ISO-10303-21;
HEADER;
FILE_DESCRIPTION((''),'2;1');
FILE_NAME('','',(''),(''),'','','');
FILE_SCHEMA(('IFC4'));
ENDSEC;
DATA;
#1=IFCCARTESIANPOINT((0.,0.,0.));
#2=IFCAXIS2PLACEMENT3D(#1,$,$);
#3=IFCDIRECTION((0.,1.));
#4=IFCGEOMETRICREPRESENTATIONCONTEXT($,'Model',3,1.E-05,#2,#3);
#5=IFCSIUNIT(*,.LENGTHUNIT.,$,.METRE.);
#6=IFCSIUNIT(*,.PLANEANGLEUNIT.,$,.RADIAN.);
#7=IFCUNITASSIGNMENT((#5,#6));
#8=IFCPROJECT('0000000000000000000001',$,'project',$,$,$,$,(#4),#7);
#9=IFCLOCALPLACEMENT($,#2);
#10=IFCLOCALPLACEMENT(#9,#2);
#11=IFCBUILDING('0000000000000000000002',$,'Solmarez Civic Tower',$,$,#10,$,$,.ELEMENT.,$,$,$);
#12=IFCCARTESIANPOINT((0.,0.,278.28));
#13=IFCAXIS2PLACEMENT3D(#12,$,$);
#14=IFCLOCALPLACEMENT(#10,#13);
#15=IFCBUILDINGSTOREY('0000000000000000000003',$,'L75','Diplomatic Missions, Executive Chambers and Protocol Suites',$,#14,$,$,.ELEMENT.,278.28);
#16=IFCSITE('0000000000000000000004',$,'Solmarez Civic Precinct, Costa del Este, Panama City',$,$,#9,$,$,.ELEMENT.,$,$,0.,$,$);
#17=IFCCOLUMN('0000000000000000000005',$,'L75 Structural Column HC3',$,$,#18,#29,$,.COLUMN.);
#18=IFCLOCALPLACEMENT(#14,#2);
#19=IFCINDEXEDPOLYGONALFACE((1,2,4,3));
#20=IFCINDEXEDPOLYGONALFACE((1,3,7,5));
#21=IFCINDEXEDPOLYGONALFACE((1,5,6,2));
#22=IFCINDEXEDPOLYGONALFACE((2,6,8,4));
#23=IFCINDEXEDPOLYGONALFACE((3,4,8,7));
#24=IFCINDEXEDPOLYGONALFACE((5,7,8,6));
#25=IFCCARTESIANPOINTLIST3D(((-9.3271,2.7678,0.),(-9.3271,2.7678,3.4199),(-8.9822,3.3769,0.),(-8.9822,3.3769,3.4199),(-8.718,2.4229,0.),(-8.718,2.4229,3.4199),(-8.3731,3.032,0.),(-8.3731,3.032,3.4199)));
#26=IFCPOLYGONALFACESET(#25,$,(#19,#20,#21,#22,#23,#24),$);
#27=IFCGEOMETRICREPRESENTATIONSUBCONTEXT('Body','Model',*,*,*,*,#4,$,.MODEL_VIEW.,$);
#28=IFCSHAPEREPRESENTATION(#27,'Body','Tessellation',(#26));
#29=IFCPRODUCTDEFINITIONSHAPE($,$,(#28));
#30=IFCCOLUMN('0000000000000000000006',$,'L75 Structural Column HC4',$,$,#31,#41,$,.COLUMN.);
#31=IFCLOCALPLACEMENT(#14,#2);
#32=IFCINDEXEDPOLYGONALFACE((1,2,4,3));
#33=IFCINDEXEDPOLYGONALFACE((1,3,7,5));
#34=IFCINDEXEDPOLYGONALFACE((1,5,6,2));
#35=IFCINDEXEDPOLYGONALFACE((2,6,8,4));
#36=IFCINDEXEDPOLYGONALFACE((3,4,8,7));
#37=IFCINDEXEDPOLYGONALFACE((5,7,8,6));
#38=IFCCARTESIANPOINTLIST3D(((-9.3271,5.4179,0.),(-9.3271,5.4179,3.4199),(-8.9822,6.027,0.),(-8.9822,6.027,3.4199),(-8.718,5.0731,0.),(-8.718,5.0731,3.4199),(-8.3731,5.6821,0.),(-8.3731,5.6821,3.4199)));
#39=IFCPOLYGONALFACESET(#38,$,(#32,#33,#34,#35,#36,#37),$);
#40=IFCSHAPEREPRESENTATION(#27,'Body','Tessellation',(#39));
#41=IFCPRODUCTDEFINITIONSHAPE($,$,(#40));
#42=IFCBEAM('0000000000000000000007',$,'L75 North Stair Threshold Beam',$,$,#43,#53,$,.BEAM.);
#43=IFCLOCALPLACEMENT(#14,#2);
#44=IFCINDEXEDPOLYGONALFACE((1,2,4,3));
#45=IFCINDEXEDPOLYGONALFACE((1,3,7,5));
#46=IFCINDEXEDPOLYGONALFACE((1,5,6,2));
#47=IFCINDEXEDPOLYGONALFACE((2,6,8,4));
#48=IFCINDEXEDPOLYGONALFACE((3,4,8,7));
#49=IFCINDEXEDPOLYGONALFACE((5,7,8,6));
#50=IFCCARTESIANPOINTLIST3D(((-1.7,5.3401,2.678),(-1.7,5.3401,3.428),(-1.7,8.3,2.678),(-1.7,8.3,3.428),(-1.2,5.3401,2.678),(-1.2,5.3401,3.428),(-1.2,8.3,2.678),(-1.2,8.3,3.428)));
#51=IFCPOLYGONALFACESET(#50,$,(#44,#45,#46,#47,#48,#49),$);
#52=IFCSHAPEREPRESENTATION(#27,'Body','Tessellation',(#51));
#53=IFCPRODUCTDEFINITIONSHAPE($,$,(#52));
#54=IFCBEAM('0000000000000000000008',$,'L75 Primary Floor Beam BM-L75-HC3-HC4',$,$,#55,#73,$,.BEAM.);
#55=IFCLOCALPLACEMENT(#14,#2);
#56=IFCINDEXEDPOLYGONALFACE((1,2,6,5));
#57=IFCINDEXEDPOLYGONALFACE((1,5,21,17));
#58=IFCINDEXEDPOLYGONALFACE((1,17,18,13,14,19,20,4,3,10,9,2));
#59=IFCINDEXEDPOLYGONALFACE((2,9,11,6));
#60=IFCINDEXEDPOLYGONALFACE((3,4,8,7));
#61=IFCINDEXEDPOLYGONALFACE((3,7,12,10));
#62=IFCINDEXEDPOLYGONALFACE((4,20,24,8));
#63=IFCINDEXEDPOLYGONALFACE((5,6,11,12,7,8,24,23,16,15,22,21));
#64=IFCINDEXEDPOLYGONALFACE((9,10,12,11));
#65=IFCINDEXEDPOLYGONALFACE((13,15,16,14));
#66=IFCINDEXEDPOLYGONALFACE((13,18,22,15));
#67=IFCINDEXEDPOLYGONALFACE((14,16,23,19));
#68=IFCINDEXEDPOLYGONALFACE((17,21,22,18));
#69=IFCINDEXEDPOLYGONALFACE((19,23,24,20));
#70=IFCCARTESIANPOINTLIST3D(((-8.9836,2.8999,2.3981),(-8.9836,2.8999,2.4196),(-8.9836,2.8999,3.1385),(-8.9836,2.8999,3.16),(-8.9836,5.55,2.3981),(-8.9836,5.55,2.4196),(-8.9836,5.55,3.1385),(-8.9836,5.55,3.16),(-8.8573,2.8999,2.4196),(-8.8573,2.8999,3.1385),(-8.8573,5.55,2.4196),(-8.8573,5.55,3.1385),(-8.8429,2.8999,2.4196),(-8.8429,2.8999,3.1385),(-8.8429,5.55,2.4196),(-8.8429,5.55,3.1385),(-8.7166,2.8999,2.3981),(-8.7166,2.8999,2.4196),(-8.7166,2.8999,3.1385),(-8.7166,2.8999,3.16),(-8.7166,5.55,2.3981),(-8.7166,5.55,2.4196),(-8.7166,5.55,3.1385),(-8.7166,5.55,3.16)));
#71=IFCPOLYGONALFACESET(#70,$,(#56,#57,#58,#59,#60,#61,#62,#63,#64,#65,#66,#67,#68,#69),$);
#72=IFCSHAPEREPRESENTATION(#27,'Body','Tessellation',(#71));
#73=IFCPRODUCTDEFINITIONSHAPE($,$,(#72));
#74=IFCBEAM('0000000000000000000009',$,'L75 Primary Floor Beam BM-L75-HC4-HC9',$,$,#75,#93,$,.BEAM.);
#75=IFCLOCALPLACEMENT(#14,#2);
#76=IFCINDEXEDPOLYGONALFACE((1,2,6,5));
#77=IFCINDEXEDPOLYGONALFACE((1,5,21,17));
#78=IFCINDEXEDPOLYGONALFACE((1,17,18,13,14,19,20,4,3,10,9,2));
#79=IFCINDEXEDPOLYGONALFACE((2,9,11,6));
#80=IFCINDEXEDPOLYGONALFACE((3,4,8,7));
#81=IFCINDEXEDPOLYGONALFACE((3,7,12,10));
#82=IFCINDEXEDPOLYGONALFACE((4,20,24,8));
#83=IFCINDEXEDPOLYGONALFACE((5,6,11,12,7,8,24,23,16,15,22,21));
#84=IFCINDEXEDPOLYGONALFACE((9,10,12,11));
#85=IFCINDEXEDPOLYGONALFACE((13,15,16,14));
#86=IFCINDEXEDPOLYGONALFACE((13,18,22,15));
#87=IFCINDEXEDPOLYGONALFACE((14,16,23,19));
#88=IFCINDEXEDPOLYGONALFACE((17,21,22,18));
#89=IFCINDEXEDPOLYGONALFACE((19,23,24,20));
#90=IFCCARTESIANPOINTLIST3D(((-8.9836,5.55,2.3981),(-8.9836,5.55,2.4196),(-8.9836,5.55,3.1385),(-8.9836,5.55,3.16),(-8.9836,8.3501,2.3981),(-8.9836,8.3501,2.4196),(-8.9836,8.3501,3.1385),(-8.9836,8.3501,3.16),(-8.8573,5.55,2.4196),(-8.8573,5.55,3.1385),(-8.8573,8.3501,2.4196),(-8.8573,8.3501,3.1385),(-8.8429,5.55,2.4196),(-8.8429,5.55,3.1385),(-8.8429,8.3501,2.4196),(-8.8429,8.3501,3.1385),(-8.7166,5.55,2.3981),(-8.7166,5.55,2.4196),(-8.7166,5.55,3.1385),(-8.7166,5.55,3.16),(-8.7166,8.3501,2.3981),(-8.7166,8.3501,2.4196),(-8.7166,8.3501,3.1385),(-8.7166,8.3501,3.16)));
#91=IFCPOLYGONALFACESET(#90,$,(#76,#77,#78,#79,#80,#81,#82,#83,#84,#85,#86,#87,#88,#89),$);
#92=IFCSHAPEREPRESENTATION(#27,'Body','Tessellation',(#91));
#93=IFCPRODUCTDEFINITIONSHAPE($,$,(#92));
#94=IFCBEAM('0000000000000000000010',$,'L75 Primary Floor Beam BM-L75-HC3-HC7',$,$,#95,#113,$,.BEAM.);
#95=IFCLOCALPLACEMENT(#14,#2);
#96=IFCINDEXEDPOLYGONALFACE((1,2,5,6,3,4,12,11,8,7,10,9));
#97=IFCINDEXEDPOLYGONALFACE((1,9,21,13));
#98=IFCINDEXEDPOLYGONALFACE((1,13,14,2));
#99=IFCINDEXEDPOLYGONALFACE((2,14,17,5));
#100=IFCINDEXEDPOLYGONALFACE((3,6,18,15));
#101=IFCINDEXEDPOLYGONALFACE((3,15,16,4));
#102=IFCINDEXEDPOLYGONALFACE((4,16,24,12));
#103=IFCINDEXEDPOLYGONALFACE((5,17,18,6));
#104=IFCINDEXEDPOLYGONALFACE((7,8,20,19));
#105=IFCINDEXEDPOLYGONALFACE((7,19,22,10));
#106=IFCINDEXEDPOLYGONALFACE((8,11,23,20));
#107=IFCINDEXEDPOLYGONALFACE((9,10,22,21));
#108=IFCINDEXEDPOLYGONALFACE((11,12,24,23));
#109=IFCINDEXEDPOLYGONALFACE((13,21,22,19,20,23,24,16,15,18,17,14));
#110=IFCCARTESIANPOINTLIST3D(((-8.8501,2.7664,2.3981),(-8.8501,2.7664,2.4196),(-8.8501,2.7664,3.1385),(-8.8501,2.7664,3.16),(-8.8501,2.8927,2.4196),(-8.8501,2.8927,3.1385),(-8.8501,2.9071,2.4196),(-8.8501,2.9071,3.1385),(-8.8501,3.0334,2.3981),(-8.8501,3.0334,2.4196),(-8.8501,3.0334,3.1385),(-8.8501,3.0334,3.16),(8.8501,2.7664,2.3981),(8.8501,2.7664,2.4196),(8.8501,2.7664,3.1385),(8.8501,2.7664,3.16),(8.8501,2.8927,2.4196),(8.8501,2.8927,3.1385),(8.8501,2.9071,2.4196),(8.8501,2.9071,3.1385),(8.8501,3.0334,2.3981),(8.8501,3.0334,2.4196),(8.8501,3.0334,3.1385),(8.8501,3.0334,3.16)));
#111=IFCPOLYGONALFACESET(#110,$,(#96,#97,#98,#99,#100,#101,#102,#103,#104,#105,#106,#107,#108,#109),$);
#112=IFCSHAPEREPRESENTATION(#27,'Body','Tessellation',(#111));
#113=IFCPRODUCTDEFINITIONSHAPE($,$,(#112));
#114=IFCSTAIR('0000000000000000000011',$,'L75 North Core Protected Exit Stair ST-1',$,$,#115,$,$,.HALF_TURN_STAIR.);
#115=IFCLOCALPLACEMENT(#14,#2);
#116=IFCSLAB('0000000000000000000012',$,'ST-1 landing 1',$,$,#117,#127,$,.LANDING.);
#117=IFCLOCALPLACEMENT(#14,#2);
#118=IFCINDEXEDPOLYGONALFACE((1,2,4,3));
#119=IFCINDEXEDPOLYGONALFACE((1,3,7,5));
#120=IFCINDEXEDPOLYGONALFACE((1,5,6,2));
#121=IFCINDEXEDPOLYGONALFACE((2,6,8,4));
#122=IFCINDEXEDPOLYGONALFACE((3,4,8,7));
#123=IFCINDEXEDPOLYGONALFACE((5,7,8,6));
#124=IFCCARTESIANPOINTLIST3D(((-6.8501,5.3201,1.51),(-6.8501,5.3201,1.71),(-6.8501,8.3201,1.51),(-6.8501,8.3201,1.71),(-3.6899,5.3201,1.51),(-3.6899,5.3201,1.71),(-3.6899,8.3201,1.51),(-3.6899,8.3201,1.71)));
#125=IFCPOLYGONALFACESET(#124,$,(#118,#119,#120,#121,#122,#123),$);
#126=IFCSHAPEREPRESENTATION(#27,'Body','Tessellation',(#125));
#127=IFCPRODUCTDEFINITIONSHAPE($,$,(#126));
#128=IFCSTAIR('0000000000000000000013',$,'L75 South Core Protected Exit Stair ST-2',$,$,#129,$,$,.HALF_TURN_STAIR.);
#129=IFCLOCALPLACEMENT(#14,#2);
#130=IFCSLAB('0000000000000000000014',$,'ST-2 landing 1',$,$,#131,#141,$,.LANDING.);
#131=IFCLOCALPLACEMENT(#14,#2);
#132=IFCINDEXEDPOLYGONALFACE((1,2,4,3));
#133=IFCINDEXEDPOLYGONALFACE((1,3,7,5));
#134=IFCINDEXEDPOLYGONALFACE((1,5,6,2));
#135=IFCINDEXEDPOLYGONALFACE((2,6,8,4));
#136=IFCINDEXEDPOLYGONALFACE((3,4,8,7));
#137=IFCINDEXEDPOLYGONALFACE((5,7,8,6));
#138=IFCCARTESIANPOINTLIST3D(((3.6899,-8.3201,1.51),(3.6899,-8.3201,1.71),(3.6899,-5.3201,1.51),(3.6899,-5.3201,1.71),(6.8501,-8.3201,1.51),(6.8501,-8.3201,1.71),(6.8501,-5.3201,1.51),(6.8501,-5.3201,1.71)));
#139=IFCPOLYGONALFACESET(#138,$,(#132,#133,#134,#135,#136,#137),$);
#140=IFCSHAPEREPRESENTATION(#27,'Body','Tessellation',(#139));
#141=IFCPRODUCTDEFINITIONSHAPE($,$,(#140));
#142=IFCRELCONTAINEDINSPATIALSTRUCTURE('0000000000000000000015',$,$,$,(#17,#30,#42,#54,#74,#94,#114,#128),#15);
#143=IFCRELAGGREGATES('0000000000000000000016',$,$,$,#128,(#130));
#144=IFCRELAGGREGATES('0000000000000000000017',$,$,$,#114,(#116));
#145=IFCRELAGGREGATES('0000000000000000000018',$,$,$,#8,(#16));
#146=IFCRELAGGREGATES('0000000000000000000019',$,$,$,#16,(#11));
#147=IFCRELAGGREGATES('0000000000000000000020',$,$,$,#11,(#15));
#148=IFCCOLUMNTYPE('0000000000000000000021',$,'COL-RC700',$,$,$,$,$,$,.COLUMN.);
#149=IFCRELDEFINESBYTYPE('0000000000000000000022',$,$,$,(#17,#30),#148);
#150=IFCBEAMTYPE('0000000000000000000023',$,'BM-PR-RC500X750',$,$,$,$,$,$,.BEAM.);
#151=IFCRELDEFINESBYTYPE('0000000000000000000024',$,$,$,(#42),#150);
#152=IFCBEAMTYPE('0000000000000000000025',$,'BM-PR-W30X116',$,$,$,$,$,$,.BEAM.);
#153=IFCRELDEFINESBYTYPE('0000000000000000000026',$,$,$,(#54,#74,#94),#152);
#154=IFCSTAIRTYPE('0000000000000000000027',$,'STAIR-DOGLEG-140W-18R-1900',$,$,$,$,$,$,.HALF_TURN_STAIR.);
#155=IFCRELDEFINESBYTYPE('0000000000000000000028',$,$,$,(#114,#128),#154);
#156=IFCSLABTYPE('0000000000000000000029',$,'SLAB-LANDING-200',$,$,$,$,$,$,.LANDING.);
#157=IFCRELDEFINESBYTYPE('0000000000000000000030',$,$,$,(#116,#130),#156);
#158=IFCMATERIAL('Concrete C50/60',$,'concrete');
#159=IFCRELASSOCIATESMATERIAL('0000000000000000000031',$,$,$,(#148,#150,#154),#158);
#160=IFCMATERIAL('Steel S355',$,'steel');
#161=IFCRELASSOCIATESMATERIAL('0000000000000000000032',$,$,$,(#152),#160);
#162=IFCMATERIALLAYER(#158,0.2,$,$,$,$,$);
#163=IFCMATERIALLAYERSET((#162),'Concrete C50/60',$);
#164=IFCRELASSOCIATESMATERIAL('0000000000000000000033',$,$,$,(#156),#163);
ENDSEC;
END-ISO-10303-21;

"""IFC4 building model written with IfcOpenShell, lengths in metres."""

from ifc_helpers import new_model, si_unit, direction, frame, origin, origin_2d, place, context, subcontext, project, spatial, polyline, rectangle, i_section, outline, extrude, material, layer, layer_set, material_profile, profile_set, type_object, element, aggregate, save


model = new_model("IFC4")

# Units and contexts
model_context = context("Model", 3, precision=1e-05, world=origin(), true_north=direction((0.0, 1.0)))
body_context = subcontext(model_context, "Body", "Model", "MODEL_VIEW")
ifc_project = project(units=[si_unit("LENGTHUNIT", "METRE"), si_unit("PLANEANGLEUNIT", "RADIAN")], contexts=[model_context])

# Site, building, storey
site_placement = place(None, origin())
site = spatial("IfcSite", under=ifc_project, at=site_placement, Name="Solmarez Civic Precinct, Costa del Este, Panama City", CompositionType="ELEMENT", RefElevation=0.0)
building_placement = place(site_placement, origin())
building = spatial("IfcBuilding", under=site, at=building_placement, Name="Solmarez Civic Tower", CompositionType="ELEMENT")
storey_placement = place(building_placement, frame((0.0, 0.0, 278.28)))
storey = spatial("IfcBuildingStorey", under=building, at=storey_placement, Name="L75", Description="Diplomatic Missions, Executive Chambers and Protocol Suites", CompositionType="ELEMENT", Elevation=278.28)

# Columns
ifc_material_1 = material(Name="Concrete C50/60", Category="concrete")
ifc_material_profile_1 = material_profile(ifc_material_1, rectangle(XDim=0.7, YDim=0.7, at=origin_2d()), Name="RC700X700")
ifc_profile_set_1 = profile_set([ifc_material_profile_1], Name="Concrete C50/60")
column_type = type_object("IfcColumnType", Name="COL-RC700", PredefinedType="COLUMN", material=ifc_profile_set_1)
for number, where, z_axis, x_axis, name in (
    (1, (-8.8501, 2.8999, 0.0), (0.0, 0.0, 1.0), (0.492727, 0.870184, 0.0), "L75 Structural Column HC3"),
    (2, (-8.8501, 5.55, 0.0), (0.0, 0.0, 1.0), (0.492727, 0.870184, 0.0), "L75 Structural Column HC4"),
):
    element("IfcColumn", number, at=place(storey_placement, frame(where, z_axis=z_axis, x_axis=x_axis)), inside=storey, type_object=column_type, Name=name, PredefinedType="COLUMN", context=body_context, shape_type="SweptSolid", body=[
        extrude(rectangle(XDim=0.7, YDim=0.7, at=origin_2d()), origin(), (0.0, 0.0, 1.0), 3.4199),
    ])

# Beams
ifc_material_profile_2 = material_profile(ifc_material_1, rectangle(XDim=0.5, YDim=0.75, at=origin_2d()), Name="RC500X750")
ifc_profile_set_2 = profile_set([ifc_material_profile_2], Name="Concrete C50/60")
beam_type_1 = type_object("IfcBeamType", Name="BM-PR-RC500X750", PredefinedType="BEAM", material=ifc_profile_set_2)
beam_1_placement = place(storey_placement, frame((-1.45, 5.3401, 3.053), z_axis=(0.0, 1.0, 0.0), x_axis=(-1.0, 0.0, 0.0)))
element("IfcBeam", 3, at=beam_1_placement, inside=storey, type_object=beam_type_1, Name="L75 North Stair Threshold Beam", PredefinedType="BEAM", context=body_context, shape_type="SweptSolid", body=[
    extrude(rectangle(XDim=0.5, YDim=0.75, at=origin_2d()), origin(), (0.0, 0.0, 1.0), 2.96),
])
ifc_material_2 = material(Name="Steel S355", Category="steel")
ifc_material_profile_3 = material_profile(ifc_material_2, i_section(OverallWidth=0.2671, OverallDepth=0.762, WebThickness=0.0144, FlangeThickness=0.0215, at=origin_2d()), Name="W30X116")
ifc_profile_set_3 = profile_set([ifc_material_profile_3], Name="Steel S355")
beam_type_2 = type_object("IfcBeamType", Name="BM-PR-W30X116", PredefinedType="BEAM", material=ifc_profile_set_3)
beam_2_placement = place(storey_placement, frame((-8.8501, 2.8999, 2.7791), z_axis=(0.0, 1.0, 0.0), x_axis=(-1.0, 0.0, 0.0)))
element("IfcBeam", 4, at=beam_2_placement, inside=storey, type_object=beam_type_2, Name="L75 Primary Floor Beam BM-L75-HC3-HC4", PredefinedType="BEAM", context=body_context, shape_type="SweptSolid", body=[
    extrude(i_section(OverallWidth=0.2671, OverallDepth=0.762, WebThickness=0.0144, FlangeThickness=0.0215, at=origin_2d()), origin(), (0.0, 0.0, 1.0), 2.6501),
])
beam_3_placement = place(storey_placement, frame((-8.8501, 5.55, 2.7791), z_axis=(0.0, 1.0, 0.0), x_axis=(-1.0, 0.0, 0.0)))
element("IfcBeam", 5, at=beam_3_placement, inside=storey, type_object=beam_type_2, Name="L75 Primary Floor Beam BM-L75-HC4-HC9", PredefinedType="BEAM", context=body_context, shape_type="SweptSolid", body=[
    extrude(i_section(OverallWidth=0.2671, OverallDepth=0.762, WebThickness=0.0144, FlangeThickness=0.0215, at=origin_2d()), origin(), (0.0, 0.0, 1.0), 2.8),
])
beam_4_placement = place(storey_placement, frame((-8.8501, 2.8999, 2.7791), z_axis=(1.0, 0.0, 0.0), x_axis=(0.0, 1.0, 0.0)))
element("IfcBeam", 6, at=beam_4_placement, inside=storey, type_object=beam_type_2, Name="L75 Primary Floor Beam BM-L75-HC3-HC7", PredefinedType="BEAM", context=body_context, shape_type="SweptSolid", body=[
    extrude(i_section(OverallWidth=0.2671, OverallDepth=0.762, WebThickness=0.0144, FlangeThickness=0.0215, at=origin_2d()), origin(), (0.0, 0.0, 1.0), 17.7002),
])

# Stairs, slabs
stair_type = type_object("IfcStairType", Name="STAIR-DOGLEG-140W-18R-1900", PredefinedType="HALF_TURN_STAIR", material=ifc_material_1)
stair_1_placement = place(storey_placement, origin())
stair_1 = element("IfcStair", 7, at=stair_1_placement, inside=storey, type_object=stair_type, Name="L75 North Core Protected Exit Stair ST-1", PredefinedType="HALF_TURN_STAIR")
ifc_layer_1 = layer(ifc_material_1, 0.2)
ifc_layer_set_1 = layer_set([ifc_layer_1], Name="Concrete C50/60")
slab_type_1 = type_object("IfcSlabType", Name="SLAB-LANDING-200", PredefinedType="LANDING", material=ifc_layer_set_1)
slab_1_placement = place(storey_placement, frame((0.0, 0.0, 1.51)))
slab_1 = element("IfcSlab", 8, at=slab_1_placement, type_object=slab_type_1, Name="ST-1 landing 1", PredefinedType="LANDING", context=body_context, shape_type="SweptSolid", body=[
    extrude(outline(polyline([(-3.6899, 8.3201), (-6.8501, 8.3201), (-6.8501, 5.3201), (-3.6899, 5.3201), (-3.6899, 8.3201)])), origin(), (0.0, 0.0, 1.0), 0.2),
])
stair_2_placement = place(storey_placement, origin())
stair_2 = element("IfcStair", 9, at=stair_2_placement, inside=storey, type_object=stair_type, Name="L75 South Core Protected Exit Stair ST-2", PredefinedType="HALF_TURN_STAIR")
slab_2_placement = place(storey_placement, frame((0.0, 0.0, 1.51)))
slab_2 = element("IfcSlab", 10, at=slab_2_placement, type_object=slab_type_1, Name="ST-2 landing 1", PredefinedType="LANDING", context=body_context, shape_type="SweptSolid", body=[
    extrude(outline(polyline([(3.6899, -8.3201), (6.8501, -8.3201), (6.8501, -5.3201), (3.6899, -5.3201), (3.6899, -8.3201)])), origin(), (0.0, 0.0, 1.0), 0.2),
])
aggregate(stair_2, [slab_2])

aggregate(stair_1, [slab_1])

save(model, "model.ifc")
